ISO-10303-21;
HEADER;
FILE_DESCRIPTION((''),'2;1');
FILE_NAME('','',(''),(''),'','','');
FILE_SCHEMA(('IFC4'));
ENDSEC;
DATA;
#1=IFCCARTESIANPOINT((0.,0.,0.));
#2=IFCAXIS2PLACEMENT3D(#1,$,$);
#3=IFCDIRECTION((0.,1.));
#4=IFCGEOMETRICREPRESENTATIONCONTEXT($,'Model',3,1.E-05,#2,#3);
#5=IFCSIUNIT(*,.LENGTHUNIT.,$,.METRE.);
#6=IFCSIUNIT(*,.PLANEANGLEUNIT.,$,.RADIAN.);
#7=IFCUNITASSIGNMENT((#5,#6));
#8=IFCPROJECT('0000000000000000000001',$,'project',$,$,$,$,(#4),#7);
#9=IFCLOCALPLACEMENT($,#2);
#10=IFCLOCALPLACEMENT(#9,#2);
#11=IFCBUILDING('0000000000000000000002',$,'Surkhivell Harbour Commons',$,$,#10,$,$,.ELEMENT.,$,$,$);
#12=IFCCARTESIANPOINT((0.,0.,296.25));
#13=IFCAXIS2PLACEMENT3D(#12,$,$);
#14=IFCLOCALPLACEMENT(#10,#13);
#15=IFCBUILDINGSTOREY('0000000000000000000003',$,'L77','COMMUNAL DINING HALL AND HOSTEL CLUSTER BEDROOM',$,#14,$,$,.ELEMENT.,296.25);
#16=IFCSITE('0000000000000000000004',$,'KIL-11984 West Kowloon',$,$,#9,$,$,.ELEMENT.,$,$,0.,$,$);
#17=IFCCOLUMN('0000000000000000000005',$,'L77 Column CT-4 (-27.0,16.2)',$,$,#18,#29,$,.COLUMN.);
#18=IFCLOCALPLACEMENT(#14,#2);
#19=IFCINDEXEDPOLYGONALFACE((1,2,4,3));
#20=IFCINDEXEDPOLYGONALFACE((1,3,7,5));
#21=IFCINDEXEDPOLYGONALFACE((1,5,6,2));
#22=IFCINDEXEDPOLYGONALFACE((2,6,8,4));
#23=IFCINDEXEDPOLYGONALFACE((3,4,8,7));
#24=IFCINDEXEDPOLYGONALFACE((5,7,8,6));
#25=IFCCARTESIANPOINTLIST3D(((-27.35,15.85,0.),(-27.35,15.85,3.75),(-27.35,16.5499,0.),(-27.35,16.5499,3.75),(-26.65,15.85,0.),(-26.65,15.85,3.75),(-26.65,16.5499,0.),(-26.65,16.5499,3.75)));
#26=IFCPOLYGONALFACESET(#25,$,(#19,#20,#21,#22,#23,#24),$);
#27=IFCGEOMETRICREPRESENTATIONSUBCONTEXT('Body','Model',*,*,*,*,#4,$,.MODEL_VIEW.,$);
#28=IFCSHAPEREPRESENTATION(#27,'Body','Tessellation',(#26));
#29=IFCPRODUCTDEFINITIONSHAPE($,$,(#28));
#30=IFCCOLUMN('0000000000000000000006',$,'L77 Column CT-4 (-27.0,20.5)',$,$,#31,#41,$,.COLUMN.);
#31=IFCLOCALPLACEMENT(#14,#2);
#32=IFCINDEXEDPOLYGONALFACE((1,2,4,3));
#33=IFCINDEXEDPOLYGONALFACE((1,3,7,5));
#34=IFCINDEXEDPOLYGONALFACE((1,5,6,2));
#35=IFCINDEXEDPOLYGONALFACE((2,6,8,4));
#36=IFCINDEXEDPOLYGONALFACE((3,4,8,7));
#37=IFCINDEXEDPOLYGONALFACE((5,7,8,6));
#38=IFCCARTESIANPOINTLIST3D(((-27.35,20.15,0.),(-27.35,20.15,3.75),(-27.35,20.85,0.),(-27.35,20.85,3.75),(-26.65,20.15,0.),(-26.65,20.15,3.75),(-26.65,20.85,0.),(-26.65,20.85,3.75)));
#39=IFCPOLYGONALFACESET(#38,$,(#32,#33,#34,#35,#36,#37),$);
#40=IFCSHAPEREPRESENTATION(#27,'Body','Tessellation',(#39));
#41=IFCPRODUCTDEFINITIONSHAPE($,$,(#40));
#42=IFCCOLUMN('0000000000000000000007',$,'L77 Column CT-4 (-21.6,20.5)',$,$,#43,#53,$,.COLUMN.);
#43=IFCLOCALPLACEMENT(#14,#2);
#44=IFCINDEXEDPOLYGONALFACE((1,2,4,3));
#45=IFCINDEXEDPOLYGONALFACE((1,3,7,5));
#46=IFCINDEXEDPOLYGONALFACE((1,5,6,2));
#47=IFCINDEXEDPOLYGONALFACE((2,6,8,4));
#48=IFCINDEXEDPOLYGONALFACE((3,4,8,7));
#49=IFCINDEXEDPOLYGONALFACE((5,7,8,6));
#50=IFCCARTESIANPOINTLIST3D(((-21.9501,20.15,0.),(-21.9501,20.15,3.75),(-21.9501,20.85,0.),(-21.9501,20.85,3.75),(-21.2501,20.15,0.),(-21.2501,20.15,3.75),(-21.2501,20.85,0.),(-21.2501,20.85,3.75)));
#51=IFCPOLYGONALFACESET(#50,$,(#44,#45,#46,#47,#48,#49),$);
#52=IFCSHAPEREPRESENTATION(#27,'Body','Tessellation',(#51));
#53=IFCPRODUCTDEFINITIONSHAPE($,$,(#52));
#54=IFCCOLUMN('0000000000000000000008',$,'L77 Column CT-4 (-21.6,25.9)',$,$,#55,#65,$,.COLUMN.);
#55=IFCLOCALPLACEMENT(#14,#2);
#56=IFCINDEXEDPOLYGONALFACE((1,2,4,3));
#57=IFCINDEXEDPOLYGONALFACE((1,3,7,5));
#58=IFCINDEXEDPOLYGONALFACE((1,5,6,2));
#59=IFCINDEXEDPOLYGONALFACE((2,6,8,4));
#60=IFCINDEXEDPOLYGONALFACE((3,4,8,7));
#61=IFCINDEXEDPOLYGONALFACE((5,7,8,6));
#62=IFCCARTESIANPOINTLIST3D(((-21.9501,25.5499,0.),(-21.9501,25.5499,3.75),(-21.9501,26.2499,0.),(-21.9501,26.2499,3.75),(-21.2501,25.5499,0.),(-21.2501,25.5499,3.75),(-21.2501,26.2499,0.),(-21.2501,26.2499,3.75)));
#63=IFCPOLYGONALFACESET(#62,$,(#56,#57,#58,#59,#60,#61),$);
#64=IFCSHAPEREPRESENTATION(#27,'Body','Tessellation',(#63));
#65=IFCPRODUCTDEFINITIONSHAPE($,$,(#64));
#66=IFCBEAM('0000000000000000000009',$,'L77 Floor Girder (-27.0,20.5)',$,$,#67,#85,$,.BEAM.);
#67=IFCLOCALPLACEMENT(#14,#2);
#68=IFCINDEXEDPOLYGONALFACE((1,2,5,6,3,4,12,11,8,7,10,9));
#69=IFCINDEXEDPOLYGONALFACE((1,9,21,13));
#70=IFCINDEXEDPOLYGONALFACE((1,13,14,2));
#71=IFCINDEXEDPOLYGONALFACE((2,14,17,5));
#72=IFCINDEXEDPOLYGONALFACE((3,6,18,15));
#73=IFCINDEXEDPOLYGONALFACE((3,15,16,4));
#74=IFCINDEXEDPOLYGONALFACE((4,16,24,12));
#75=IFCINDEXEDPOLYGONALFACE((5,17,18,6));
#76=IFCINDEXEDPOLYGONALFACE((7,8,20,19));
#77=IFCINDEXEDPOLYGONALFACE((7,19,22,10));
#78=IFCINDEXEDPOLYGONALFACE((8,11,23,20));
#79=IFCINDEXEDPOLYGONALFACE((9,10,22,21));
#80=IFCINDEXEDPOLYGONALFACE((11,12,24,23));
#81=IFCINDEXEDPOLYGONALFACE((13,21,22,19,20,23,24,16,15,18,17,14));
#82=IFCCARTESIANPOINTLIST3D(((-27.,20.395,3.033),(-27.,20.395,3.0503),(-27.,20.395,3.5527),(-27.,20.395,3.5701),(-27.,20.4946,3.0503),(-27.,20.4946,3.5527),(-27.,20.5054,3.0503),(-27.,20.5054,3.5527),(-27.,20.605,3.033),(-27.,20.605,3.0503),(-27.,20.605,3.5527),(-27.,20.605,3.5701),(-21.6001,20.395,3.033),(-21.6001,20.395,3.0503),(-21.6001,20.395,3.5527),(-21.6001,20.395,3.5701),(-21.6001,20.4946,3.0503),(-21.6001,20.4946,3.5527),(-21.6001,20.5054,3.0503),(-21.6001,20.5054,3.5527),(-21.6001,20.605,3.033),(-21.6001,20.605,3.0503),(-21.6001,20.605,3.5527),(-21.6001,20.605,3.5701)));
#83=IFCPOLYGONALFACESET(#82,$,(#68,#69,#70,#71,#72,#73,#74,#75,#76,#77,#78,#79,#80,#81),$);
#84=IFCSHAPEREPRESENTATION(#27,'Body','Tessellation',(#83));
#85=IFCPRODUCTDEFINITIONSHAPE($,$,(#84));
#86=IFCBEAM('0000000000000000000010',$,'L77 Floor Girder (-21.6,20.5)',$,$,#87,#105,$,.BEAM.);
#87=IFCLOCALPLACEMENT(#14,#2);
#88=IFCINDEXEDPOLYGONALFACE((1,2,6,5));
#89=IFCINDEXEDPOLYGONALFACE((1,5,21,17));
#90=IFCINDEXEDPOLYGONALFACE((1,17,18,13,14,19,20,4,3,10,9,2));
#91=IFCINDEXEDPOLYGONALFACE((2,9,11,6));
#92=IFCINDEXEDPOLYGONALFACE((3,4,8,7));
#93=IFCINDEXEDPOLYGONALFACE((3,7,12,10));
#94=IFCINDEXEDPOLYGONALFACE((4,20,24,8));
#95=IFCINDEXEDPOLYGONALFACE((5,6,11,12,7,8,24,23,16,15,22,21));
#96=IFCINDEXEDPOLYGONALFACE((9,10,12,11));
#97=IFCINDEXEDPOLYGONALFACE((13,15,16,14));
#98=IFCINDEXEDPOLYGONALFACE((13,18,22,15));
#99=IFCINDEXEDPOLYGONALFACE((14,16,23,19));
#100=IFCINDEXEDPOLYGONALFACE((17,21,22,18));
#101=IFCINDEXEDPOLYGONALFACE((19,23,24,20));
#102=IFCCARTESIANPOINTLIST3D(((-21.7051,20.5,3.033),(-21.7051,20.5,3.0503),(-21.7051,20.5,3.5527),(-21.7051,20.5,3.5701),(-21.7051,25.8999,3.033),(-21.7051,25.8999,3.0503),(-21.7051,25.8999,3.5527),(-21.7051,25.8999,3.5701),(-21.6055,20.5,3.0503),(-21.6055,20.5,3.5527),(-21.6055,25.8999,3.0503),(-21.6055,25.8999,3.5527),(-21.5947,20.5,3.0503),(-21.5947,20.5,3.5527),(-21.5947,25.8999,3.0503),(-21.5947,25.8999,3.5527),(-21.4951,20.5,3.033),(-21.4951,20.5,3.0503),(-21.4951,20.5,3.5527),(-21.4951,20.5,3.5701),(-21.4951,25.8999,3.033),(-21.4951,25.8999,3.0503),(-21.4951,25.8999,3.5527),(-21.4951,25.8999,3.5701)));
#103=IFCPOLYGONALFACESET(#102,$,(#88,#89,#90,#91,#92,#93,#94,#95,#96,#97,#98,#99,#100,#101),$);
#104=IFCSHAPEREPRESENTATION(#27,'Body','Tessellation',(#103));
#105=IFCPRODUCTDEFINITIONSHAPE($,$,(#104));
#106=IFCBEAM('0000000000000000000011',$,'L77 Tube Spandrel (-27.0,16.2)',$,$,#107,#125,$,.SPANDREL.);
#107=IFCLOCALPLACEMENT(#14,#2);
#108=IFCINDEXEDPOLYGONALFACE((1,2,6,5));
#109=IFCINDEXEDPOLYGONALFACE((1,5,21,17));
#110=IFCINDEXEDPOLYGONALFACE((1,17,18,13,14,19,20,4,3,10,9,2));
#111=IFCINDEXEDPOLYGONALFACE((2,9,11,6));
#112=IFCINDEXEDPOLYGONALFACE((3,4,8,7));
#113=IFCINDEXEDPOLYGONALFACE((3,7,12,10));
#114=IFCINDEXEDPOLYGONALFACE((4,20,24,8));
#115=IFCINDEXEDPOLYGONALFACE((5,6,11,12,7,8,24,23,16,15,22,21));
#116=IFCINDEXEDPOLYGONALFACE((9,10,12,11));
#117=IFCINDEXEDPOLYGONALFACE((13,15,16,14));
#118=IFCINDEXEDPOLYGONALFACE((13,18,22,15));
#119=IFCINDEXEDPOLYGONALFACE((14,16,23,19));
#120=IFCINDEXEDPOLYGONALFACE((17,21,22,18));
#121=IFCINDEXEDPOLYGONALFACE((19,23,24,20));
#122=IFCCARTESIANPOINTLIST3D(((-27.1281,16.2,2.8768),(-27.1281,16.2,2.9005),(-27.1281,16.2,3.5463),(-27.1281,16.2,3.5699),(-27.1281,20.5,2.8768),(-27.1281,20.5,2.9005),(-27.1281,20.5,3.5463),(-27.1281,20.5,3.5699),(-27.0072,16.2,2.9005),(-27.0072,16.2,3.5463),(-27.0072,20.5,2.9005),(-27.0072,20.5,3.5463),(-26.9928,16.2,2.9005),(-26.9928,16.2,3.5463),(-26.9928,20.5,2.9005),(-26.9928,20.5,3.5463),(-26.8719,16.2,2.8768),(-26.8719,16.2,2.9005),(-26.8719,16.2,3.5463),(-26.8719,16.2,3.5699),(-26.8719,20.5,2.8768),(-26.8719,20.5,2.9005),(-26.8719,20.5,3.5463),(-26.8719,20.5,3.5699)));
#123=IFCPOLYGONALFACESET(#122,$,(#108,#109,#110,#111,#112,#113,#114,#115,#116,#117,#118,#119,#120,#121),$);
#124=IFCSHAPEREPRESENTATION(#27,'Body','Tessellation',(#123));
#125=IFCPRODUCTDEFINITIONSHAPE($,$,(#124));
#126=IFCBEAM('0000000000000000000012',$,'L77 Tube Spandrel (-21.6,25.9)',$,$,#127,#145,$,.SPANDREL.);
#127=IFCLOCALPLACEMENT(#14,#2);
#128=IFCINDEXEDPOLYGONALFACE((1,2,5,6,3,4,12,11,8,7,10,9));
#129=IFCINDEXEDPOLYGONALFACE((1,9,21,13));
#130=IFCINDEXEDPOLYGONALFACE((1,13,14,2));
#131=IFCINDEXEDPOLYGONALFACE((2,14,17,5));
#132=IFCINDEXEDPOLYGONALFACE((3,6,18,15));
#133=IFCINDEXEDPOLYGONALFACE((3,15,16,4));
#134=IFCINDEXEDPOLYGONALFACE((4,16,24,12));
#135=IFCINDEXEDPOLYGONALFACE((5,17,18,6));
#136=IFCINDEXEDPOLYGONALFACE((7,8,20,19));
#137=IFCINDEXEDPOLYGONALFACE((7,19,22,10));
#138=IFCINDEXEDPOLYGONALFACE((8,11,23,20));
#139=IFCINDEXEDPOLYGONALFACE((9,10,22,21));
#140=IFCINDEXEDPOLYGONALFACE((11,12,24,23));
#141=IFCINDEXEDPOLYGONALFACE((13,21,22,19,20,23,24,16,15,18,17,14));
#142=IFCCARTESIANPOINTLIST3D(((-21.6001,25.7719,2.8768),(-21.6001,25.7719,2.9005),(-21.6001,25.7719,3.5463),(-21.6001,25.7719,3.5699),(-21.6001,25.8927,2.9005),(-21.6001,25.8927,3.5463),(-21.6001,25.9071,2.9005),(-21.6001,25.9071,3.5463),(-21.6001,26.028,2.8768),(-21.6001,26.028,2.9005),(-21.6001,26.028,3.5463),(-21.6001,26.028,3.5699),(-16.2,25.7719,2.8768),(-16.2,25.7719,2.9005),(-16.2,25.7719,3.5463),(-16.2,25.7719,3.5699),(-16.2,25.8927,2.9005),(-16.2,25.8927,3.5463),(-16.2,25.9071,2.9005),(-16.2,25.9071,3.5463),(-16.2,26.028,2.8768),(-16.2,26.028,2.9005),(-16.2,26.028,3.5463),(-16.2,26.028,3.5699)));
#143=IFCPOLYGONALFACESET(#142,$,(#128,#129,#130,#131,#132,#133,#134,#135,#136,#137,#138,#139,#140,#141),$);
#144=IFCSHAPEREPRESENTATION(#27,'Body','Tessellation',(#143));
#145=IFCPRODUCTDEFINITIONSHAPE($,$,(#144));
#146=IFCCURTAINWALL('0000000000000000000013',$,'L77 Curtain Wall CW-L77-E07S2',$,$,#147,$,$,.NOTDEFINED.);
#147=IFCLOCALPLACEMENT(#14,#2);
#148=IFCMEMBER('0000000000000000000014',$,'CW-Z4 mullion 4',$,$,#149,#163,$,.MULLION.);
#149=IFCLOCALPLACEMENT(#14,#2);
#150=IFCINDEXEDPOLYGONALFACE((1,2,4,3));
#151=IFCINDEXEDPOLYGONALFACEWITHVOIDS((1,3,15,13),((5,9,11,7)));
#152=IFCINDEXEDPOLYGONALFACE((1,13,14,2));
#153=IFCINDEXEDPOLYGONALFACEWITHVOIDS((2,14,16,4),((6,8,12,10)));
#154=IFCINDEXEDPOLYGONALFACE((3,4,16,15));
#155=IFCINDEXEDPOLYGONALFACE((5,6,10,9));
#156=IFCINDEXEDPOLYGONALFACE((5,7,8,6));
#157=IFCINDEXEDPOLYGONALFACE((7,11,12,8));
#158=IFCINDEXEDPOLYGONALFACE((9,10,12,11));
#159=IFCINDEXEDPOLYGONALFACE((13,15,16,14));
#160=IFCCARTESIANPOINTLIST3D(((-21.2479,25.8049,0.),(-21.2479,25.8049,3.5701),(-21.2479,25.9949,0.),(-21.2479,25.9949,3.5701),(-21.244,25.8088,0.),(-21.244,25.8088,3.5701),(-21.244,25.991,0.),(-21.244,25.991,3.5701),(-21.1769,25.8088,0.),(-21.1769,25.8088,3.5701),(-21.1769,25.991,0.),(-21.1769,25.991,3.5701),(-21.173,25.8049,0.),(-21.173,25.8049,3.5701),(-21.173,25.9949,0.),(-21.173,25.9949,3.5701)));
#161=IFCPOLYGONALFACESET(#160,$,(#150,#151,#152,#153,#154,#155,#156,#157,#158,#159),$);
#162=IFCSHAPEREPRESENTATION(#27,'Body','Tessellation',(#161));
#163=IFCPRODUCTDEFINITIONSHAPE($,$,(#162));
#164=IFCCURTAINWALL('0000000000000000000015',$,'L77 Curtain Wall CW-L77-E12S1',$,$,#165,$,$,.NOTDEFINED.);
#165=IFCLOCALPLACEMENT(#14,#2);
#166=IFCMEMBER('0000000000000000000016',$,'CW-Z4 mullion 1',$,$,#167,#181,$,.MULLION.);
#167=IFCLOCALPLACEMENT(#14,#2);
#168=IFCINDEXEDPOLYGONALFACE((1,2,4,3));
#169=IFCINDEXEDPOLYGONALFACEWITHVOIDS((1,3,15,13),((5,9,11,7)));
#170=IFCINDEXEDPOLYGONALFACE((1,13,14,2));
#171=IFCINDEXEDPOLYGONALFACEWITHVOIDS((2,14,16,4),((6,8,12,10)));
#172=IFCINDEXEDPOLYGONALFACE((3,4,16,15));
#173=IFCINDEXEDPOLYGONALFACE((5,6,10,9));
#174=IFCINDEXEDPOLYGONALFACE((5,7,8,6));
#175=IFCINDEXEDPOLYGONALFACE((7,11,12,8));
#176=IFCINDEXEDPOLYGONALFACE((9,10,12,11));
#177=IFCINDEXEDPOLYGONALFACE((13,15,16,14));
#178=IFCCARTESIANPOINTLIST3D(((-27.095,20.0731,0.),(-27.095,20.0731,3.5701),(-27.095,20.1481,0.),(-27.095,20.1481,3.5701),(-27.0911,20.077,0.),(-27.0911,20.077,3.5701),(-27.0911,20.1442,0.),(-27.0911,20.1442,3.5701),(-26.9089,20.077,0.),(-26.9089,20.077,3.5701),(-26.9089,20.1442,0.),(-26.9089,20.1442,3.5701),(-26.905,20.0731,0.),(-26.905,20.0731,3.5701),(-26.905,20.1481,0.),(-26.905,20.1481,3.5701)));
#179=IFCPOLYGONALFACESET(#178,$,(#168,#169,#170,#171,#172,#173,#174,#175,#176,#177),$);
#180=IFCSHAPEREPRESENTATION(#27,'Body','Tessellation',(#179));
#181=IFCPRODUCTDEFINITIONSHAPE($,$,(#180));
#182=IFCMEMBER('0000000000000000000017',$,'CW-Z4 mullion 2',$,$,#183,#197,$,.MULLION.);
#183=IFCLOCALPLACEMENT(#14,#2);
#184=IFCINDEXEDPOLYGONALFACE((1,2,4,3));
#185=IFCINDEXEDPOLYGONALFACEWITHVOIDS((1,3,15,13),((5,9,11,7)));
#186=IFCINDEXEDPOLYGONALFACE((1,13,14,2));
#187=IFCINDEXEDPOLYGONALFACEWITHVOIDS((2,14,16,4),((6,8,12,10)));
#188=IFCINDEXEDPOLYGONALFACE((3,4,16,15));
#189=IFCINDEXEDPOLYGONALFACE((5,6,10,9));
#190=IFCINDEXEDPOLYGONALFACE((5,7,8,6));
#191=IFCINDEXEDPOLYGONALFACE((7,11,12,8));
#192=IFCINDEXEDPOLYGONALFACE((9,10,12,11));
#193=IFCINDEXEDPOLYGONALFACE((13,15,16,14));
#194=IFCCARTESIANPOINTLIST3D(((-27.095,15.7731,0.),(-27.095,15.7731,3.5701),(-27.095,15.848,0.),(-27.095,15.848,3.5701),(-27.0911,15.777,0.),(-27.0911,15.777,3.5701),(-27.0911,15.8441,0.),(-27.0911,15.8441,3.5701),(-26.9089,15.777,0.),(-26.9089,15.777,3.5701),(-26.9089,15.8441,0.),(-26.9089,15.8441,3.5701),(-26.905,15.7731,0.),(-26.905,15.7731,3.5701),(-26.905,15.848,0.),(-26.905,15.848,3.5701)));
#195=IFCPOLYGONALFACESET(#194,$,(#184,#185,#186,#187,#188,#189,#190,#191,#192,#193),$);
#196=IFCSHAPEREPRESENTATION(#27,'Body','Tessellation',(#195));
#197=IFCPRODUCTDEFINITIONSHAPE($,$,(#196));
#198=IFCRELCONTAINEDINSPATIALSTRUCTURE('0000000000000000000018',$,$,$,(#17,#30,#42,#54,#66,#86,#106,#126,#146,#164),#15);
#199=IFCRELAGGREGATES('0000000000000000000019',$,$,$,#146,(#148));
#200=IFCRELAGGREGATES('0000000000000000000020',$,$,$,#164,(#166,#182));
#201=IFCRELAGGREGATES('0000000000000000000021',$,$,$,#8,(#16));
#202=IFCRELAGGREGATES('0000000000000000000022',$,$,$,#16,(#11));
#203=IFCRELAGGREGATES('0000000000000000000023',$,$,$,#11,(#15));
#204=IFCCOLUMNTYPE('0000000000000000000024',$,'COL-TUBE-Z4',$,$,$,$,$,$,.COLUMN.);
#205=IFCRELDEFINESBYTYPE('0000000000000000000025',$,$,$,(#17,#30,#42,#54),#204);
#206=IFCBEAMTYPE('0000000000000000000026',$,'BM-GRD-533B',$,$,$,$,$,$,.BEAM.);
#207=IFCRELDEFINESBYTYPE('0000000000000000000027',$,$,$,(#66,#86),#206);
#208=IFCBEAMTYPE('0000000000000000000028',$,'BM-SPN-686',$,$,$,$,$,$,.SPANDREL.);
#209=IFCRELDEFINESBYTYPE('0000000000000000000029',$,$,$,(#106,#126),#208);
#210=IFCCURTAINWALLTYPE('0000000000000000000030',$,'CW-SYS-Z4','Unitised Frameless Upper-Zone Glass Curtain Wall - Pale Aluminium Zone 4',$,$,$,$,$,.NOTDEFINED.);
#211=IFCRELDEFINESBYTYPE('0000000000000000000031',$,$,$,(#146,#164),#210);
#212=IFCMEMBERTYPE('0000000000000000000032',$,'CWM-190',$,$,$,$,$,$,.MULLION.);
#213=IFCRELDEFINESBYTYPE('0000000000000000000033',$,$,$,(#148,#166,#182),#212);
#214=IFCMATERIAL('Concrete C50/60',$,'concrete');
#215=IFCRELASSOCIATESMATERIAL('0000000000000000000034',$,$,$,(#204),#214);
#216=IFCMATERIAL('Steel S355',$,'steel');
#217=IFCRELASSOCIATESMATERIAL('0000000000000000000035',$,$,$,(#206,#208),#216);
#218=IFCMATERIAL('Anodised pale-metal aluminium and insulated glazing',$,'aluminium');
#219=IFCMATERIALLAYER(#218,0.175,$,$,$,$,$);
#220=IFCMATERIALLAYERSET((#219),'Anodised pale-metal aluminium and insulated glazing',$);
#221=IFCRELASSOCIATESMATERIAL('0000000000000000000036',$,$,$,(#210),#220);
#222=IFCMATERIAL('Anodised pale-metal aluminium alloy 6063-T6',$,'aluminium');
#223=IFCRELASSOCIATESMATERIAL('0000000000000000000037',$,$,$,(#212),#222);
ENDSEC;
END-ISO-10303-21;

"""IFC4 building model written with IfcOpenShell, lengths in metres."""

from ifc_helpers import new_model, si_unit, direction, frame, origin, origin_2d, place, context, subcontext, project, spatial, rectangle, hollow_rectangle, i_section, extrude, material, layer, layer_set, material_profile, profile_set, type_object, element, aggregate, save


model = new_model("IFC4")

# Units and contexts
model_context = context("Model", 3, precision=1e-05, world=origin(), true_north=direction((0.0, 1.0)))
body_context = subcontext(model_context, "Body", "Model", "MODEL_VIEW")
ifc_project = project(units=[si_unit("LENGTHUNIT", "METRE"), si_unit("PLANEANGLEUNIT", "RADIAN")], contexts=[model_context])

# Site, building, storey
site_placement = place(None, origin())
site = spatial("IfcSite", under=ifc_project, at=site_placement, Name="KIL-11984 West Kowloon", CompositionType="ELEMENT", RefElevation=0.0)
building_placement = place(site_placement, origin())
building = spatial("IfcBuilding", under=site, at=building_placement, Name="Surkhivell Harbour Commons", CompositionType="ELEMENT")
storey_placement = place(building_placement, frame((0.0, 0.0, 296.25)))
storey = spatial("IfcBuildingStorey", under=building, at=storey_placement, Name="L77", Description="COMMUNAL DINING HALL AND HOSTEL CLUSTER BEDROOM", CompositionType="ELEMENT", Elevation=296.25)

# Columns
ifc_material_1 = material(Name="Concrete C50/60", Category="concrete")
ifc_material_profile_1 = material_profile(ifc_material_1, rectangle(XDim=0.7, YDim=0.7, at=origin_2d()), Name="RC-COL-700x700")
ifc_profile_set_1 = profile_set([ifc_material_profile_1], Name="Concrete C50/60")
column_type = type_object("IfcColumnType", Name="COL-TUBE-Z4", PredefinedType="COLUMN", material=ifc_profile_set_1)
for number, where, z_axis, x_axis, name in (
    (1, (-27.0, 16.2, 0.0), (0.0, 0.0, 1.0), (1.0, 0.0, 0.0), "L77 Column CT-4 (-27.0,16.2)"),
    (2, (-27.0, 20.5, 0.0), (0.0, 0.0, 1.0), (1.0, 0.0, 0.0), "L77 Column CT-4 (-27.0,20.5)"),
    (3, (-21.6001, 20.5, 0.0), (0.0, 0.0, 1.0), (1.0, 0.0, 0.0), "L77 Column CT-4 (-21.6,20.5)"),
    (4, (-21.6001, 25.8999, 0.0), (0.0, 0.0, 1.0), (1.0, 0.0, 0.0), "L77 Column CT-4 (-21.6,25.9)"),
):
    element("IfcColumn", number, at=place(storey_placement, frame(where, z_axis=z_axis, x_axis=x_axis)), inside=storey, type_object=column_type, Name=name, PredefinedType="COLUMN", context=body_context, shape_type="SweptSolid", body=[
        extrude(rectangle(XDim=0.7, YDim=0.7, at=origin_2d()), origin(), (0.0, 0.0, 1.0), 3.75),
    ])

# Beams
ifc_material_2 = material(Name="Steel S355", Category="steel")
ifc_material_profile_2 = material_profile(ifc_material_2, i_section(OverallWidth=0.21, OverallDepth=0.5371, WebThickness=0.0107, FlangeThickness=0.0173, at=origin_2d()), Name="UB533x210x101")
ifc_profile_set_2 = profile_set([ifc_material_profile_2], Name="Steel S355")
beam_type_1 = type_object("IfcBeamType", Name="BM-GRD-533B", PredefinedType="BEAM", material=ifc_profile_set_2)
for number, where, z_axis, x_axis, name in (
    (5, (-27.0, 20.5, 3.3015), (1.0, 0.0, 0.0), (0.0, 1.0, 0.0), "L77 Floor Girder (-27.0,20.5)"),
    (6, (-21.6001, 20.5, 3.3015), (0.0, 1.0, 0.0), (-1.0, 0.0, 0.0), "L77 Floor Girder (-21.6,20.5)"),
):
    element("IfcBeam", number, at=place(storey_placement, frame(where, z_axis=z_axis, x_axis=x_axis)), inside=storey, type_object=beam_type_1, Name=name, PredefinedType="BEAM", context=body_context, shape_type="SweptSolid", body=[
        extrude(i_section(OverallWidth=0.21, OverallDepth=0.5371, WebThickness=0.0107, FlangeThickness=0.0173, at=origin_2d()), origin(), (0.0, 0.0, 1.0), 5.3999),
    ])
ifc_material_profile_3 = material_profile(ifc_material_2, i_section(OverallWidth=0.2561, OverallDepth=0.6931, WebThickness=0.0144, FlangeThickness=0.0237, at=origin_2d()), Name="UB686x254x170")
ifc_profile_set_3 = profile_set([ifc_material_profile_3], Name="Steel S355")
beam_type_2 = type_object("IfcBeamType", Name="BM-SPN-686", PredefinedType="SPANDREL", material=ifc_profile_set_3)
beam_1_placement = place(storey_placement, frame((-27.0, 16.2, 3.2234), z_axis=(0.0, 1.0, 0.0), x_axis=(-1.0, 0.0, 0.0)))
element("IfcBeam", 7, at=beam_1_placement, inside=storey, type_object=beam_type_2, Name="L77 Tube Spandrel (-27.0,16.2)", PredefinedType="SPANDREL", context=body_context, shape_type="SweptSolid", body=[
    extrude(i_section(OverallWidth=0.2561, OverallDepth=0.6931, WebThickness=0.0144, FlangeThickness=0.0237, at=origin_2d()), origin(), (0.0, 0.0, 1.0), 4.3),
])
beam_2_placement = place(storey_placement, frame((-21.6001, 25.8999, 3.2234), z_axis=(1.0, 0.0, 0.0), x_axis=(0.0, 1.0, 0.0)))
element("IfcBeam", 8, at=beam_2_placement, inside=storey, type_object=beam_type_2, Name="L77 Tube Spandrel (-21.6,25.9)", PredefinedType="SPANDREL", context=body_context, shape_type="SweptSolid", body=[
    extrude(i_section(OverallWidth=0.2561, OverallDepth=0.6931, WebThickness=0.0144, FlangeThickness=0.0237, at=origin_2d()), origin(), (0.0, 0.0, 1.0), 5.4001),
])

# Curtain wall, member
ifc_material_3 = material(Name="Anodised pale-metal aluminium and insulated glazing", Category="aluminium")
ifc_layer_1 = layer(ifc_material_3, 0.175)
ifc_layer_set_1 = layer_set([ifc_layer_1], Name="Anodised pale-metal aluminium and insulated glazing")
curtain_wall_type = type_object("IfcCurtainWallType", Name="CW-SYS-Z4", Description="Unitised Frameless Upper-Zone Glass Curtain Wall - Pale Aluminium Zone 4", PredefinedType="NOTDEFINED", material=ifc_layer_set_1)
curtain_wall_1_placement = place(storey_placement, origin())
curtain_wall_1 = element("IfcCurtainWall", 9, at=curtain_wall_1_placement, inside=storey, type_object=curtain_wall_type, Name="L77 Curtain Wall CW-L77-E07S2", PredefinedType="NOTDEFINED")
ifc_material_4 = material(Name="Anodised pale-metal aluminium alloy 6063-T6", Category="aluminium")
ifc_material_profile_4 = material_profile(ifc_material_4, hollow_rectangle(XDim=0.075, YDim=0.1899, WallThickness=0.0039, at=origin_2d()), Name="ALU-MULL-75x190")
ifc_profile_set_4 = profile_set([ifc_material_profile_4], Name="Anodised pale-metal aluminium alloy 6063-T6")
member_type_1 = type_object("IfcMemberType", Name="CWM-190", PredefinedType="MULLION", material=ifc_profile_set_4)
member_1_placement = place(storey_placement, frame((-21.2104, 25.8999, 0.0), z_axis=(0.0, 0.0, 1.0), x_axis=(-1.0, 0.0, 0.0)))
member_1 = element("IfcMember", 10, at=member_1_placement, type_object=member_type_1, Name="CW-Z4 mullion 4", PredefinedType="MULLION", context=body_context, shape_type="SweptSolid", body=[
    extrude(hollow_rectangle(XDim=0.075, YDim=0.1899, WallThickness=0.0039, at=origin_2d()), origin(), (0.0, 0.0, 1.0), 3.5701),
])

# Curtain wall, members
curtain_wall_2_placement = place(storey_placement, origin())
curtain_wall_2 = element("IfcCurtainWall", 11, at=curtain_wall_2_placement, inside=storey, type_object=curtain_wall_type, Name="L77 Curtain Wall CW-L77-E12S1", PredefinedType="NOTDEFINED")
member_2_placement = place(storey_placement, frame((-27.0, 20.1106, 0.0), z_axis=(0.0, 0.0, 1.0), x_axis=(0.0, -1.0, 0.0)))
member_2 = element("IfcMember", 12, at=member_2_placement, type_object=member_type_1, Name="CW-Z4 mullion 1", PredefinedType="MULLION", context=body_context, shape_type="SweptSolid", body=[
    extrude(hollow_rectangle(XDim=0.075, YDim=0.1899, WallThickness=0.0039, at=origin_2d()), origin(), (0.0, 0.0, 1.0), 3.5701),
])
member_3_placement = place(storey_placement, frame((-27.0, 15.8105, 0.0), z_axis=(0.0, 0.0, 1.0), x_axis=(0.0, -1.0, 0.0)))
member_3 = element("IfcMember", 13, at=member_3_placement, type_object=member_type_1, Name="CW-Z4 mullion 2", PredefinedType="MULLION", context=body_context, shape_type="SweptSolid", body=[
    extrude(hollow_rectangle(XDim=0.075, YDim=0.1899, WallThickness=0.0039, at=origin_2d()), origin(), (0.0, 0.0, 1.0), 3.5701),
])

aggregate(curtain_wall_1, [member_1])
aggregate(curtain_wall_2, [member_2, member_3])

save(model, "model.ifc")
